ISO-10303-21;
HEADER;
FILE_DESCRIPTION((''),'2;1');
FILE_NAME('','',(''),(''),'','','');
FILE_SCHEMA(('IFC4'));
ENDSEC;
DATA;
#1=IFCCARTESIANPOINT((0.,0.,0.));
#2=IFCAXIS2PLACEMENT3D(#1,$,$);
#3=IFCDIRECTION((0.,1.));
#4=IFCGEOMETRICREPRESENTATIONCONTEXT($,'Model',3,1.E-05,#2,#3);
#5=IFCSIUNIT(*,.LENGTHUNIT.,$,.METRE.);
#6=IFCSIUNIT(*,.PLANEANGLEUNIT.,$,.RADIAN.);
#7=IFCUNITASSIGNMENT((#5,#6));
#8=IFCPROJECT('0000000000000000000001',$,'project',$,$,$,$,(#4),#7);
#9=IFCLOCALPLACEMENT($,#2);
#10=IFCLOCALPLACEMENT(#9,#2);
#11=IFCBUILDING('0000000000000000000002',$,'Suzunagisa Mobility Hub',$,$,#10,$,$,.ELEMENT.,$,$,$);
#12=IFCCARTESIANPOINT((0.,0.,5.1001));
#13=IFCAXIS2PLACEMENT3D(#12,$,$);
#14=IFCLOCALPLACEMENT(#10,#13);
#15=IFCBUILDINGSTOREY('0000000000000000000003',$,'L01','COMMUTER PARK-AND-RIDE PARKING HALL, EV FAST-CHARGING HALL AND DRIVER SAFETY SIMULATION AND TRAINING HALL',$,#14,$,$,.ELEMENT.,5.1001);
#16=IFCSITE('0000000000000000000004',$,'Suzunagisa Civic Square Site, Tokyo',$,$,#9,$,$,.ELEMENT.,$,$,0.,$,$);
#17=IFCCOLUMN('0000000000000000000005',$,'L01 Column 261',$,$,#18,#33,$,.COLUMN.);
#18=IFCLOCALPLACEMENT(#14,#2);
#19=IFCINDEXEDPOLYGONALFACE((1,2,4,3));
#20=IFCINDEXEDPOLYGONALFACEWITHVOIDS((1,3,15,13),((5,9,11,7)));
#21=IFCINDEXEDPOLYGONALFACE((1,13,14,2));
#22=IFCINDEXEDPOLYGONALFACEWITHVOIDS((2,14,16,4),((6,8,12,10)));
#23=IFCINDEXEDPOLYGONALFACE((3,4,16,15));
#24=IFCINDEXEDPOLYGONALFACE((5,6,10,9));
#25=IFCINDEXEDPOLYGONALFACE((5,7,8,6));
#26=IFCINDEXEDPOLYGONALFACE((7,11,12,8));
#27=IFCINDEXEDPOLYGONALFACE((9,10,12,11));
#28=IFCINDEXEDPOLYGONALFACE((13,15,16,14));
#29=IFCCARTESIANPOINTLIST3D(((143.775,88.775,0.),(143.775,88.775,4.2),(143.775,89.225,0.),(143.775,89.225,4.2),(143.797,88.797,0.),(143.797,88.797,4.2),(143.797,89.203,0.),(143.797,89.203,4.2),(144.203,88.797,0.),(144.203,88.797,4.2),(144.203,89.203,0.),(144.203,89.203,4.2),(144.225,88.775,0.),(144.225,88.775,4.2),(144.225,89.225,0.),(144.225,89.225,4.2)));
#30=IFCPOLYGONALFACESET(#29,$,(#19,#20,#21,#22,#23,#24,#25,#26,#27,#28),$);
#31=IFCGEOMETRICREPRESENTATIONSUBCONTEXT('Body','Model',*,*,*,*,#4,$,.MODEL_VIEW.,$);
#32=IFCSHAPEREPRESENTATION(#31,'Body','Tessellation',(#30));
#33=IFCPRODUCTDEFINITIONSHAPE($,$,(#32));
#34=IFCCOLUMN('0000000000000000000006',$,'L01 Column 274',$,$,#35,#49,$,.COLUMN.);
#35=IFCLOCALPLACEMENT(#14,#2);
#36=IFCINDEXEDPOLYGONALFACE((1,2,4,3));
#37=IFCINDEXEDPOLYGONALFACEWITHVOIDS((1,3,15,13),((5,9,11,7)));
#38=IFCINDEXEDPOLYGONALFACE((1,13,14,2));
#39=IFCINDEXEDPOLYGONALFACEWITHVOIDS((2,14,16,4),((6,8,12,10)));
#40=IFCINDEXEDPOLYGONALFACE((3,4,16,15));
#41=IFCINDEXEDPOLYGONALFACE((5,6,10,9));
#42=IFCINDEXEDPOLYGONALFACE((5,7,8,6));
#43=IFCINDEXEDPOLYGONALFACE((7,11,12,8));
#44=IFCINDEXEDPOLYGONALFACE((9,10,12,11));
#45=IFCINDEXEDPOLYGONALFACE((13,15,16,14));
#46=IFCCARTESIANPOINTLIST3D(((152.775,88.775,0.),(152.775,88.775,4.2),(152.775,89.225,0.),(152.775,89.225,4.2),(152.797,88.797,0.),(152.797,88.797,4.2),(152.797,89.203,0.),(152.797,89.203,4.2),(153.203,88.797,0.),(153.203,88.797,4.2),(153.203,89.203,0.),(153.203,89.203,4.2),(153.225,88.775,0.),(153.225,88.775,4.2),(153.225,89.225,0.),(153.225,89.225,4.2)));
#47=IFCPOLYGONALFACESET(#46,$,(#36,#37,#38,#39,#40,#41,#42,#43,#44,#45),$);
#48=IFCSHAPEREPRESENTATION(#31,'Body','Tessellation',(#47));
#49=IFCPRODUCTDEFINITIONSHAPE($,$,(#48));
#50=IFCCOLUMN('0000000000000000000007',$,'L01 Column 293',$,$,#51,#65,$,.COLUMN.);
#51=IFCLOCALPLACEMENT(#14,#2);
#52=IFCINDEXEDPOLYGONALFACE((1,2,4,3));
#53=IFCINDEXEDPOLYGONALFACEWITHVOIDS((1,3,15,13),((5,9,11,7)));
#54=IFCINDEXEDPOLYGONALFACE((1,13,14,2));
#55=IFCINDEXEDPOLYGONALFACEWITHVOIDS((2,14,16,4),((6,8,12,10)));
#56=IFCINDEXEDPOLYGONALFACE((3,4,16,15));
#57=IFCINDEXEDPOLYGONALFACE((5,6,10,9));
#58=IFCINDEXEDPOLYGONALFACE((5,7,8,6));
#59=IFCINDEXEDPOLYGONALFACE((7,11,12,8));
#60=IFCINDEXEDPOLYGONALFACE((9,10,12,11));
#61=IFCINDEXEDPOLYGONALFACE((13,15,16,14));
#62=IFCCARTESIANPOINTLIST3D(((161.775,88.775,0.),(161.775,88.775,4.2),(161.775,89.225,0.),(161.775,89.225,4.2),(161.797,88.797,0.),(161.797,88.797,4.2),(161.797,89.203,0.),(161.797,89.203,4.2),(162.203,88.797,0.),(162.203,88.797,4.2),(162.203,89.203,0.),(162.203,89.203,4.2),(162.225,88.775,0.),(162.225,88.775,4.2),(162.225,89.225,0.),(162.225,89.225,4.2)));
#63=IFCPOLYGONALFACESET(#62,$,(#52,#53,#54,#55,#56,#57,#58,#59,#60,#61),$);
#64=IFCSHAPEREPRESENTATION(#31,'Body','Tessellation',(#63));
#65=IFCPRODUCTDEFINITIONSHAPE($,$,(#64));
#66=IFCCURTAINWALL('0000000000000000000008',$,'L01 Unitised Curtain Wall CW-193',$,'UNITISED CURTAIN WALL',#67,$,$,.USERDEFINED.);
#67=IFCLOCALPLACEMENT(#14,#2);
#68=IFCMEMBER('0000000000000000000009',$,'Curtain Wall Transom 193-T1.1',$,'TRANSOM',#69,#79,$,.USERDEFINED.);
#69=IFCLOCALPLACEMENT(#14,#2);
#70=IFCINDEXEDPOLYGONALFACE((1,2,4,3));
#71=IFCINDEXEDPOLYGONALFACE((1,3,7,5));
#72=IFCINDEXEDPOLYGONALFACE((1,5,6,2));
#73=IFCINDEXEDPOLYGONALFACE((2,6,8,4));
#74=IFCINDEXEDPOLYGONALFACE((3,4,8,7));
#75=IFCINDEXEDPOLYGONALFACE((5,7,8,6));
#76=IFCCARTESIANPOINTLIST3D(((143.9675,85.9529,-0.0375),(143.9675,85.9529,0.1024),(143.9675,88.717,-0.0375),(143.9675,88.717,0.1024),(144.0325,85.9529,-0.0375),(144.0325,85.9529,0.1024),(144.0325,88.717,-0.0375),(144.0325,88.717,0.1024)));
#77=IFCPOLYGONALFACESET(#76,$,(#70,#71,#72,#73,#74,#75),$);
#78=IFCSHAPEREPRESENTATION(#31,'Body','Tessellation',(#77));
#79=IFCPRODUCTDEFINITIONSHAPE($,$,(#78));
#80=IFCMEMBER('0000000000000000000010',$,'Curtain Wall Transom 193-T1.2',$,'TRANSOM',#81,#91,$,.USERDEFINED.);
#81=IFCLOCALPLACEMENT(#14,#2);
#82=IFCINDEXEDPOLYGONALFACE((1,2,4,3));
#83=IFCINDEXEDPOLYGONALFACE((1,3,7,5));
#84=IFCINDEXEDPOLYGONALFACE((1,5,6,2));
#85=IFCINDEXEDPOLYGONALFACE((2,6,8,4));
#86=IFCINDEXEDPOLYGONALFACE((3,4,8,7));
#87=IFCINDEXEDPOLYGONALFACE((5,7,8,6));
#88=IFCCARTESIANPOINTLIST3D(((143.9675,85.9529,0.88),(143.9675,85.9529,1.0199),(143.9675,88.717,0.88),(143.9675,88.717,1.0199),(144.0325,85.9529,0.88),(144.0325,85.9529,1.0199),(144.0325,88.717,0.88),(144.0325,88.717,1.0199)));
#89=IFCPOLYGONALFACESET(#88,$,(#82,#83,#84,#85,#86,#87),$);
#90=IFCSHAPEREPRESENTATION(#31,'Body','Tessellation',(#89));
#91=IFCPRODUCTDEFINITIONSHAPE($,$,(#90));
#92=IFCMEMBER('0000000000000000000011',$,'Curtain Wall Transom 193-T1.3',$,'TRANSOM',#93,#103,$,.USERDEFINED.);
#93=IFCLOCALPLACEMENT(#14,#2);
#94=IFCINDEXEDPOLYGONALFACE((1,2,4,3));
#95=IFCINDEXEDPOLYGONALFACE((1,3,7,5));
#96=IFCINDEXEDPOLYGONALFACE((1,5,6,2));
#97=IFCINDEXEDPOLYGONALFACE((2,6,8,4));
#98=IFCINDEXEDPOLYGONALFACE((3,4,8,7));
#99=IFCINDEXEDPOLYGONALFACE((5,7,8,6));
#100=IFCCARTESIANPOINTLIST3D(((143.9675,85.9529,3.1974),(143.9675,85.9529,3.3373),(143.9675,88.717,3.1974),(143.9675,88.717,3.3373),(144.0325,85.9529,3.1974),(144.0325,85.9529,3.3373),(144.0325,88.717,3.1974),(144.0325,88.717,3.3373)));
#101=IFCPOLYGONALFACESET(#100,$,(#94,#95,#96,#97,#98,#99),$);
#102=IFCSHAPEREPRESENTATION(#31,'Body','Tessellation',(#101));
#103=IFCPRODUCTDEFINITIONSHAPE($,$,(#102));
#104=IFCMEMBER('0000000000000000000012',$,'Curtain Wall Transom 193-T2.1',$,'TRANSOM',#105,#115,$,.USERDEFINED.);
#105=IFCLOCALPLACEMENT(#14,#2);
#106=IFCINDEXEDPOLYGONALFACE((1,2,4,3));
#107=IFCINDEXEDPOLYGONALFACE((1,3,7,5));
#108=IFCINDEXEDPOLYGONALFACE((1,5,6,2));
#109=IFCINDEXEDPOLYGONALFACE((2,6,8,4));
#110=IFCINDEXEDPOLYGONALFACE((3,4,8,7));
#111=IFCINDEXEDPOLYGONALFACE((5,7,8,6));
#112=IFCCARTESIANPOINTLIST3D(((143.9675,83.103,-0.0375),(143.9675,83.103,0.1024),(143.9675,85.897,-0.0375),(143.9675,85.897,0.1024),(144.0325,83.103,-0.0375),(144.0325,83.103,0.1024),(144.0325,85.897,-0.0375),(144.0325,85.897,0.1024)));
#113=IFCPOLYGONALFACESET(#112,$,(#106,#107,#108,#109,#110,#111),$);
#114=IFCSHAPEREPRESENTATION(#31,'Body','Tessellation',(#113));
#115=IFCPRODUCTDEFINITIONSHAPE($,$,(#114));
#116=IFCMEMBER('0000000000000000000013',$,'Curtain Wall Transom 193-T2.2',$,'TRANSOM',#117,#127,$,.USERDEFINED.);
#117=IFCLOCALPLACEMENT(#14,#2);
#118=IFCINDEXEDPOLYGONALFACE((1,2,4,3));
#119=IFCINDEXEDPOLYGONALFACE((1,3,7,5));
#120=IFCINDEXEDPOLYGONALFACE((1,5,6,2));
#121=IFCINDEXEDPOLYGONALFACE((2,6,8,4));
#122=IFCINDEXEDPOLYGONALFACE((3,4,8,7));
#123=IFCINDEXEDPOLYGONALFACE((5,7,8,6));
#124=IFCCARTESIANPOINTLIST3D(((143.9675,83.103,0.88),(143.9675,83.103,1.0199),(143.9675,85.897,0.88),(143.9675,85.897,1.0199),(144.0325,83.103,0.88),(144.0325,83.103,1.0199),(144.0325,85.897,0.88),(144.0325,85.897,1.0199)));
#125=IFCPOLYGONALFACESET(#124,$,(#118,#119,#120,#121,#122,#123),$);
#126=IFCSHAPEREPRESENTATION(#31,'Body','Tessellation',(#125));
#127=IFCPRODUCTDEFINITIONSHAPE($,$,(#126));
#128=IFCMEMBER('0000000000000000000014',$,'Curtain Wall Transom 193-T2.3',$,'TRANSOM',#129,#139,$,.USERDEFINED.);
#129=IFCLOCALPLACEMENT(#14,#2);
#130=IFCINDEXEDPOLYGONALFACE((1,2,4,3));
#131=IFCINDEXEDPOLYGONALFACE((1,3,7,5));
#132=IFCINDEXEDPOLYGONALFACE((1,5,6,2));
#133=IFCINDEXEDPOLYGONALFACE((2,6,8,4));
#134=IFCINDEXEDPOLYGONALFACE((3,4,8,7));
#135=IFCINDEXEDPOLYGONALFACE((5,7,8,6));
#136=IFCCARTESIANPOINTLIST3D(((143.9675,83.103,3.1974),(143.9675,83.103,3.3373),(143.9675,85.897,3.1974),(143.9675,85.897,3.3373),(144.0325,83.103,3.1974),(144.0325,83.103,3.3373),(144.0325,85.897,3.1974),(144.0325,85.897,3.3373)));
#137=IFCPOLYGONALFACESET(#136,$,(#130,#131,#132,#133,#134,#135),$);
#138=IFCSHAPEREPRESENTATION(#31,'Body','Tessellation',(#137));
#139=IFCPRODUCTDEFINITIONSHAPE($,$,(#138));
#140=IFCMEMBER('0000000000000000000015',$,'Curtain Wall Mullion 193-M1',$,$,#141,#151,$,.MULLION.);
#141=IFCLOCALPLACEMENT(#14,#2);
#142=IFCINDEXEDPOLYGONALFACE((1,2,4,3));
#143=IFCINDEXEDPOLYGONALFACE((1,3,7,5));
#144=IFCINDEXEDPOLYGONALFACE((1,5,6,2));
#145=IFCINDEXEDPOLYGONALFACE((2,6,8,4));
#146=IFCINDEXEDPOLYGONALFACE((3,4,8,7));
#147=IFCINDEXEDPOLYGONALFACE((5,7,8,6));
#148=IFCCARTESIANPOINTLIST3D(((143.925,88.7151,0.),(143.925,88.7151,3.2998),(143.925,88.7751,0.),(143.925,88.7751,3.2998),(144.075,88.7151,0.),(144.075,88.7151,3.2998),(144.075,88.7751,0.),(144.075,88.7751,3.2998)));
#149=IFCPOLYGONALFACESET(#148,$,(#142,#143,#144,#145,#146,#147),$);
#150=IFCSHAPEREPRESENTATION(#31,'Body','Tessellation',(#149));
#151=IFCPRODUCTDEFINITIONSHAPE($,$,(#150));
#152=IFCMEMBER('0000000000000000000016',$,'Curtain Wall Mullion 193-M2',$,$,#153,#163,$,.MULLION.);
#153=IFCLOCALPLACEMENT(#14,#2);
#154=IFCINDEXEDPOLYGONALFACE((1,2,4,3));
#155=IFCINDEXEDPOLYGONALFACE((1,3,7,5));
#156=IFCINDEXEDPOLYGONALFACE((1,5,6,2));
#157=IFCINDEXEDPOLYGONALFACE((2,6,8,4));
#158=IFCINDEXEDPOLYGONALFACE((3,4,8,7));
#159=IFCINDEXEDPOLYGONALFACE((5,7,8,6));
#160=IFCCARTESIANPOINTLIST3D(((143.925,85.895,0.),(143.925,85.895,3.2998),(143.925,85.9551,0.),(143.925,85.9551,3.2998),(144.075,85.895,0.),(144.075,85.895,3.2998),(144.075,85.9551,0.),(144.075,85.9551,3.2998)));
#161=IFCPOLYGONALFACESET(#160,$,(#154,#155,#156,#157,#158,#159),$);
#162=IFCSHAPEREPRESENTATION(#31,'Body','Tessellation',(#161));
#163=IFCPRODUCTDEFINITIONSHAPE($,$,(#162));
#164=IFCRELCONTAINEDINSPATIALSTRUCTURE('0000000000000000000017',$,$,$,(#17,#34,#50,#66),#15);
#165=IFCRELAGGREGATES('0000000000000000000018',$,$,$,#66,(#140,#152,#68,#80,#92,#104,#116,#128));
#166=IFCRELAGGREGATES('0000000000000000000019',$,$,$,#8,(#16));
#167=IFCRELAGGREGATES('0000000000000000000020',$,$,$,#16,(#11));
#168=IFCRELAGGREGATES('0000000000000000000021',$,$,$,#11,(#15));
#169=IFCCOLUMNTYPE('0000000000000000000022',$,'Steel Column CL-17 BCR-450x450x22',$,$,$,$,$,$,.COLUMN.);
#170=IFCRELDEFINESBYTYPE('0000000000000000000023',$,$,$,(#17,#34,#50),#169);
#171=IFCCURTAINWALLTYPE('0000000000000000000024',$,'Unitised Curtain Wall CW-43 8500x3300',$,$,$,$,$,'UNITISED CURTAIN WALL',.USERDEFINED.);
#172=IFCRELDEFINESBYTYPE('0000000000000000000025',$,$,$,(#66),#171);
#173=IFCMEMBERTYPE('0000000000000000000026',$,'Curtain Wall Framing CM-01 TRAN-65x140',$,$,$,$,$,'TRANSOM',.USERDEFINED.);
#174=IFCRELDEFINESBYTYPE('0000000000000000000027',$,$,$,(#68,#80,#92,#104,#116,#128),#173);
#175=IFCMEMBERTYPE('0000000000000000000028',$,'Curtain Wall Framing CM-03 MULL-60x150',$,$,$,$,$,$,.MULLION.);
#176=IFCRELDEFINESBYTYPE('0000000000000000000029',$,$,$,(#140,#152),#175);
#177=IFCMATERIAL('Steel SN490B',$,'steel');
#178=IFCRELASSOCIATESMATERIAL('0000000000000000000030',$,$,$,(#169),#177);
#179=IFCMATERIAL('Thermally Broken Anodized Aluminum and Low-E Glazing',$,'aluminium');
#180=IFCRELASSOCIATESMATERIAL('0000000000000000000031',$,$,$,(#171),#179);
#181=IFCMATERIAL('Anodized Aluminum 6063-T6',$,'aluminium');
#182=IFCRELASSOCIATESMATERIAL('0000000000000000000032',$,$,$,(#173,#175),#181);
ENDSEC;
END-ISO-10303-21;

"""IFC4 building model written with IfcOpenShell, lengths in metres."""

from ifc_helpers import new_model, si_unit, direction, frame, origin, origin_2d, place, context, subcontext, project, spatial, rectangle, hollow_rectangle, extrude, material, material_profile, profile_set, type_object, element, aggregate, save


model = new_model("IFC4")

# Units and contexts
model_context = context("Model", 3, precision=1e-05, world=origin(), true_north=direction((0.0, 1.0)))
body_context = subcontext(model_context, "Body", "Model", "MODEL_VIEW")
ifc_project = project(units=[si_unit("LENGTHUNIT", "METRE"), si_unit("PLANEANGLEUNIT", "RADIAN")], contexts=[model_context])

# Site, building, storey
site_placement = place(None, origin())
site = spatial("IfcSite", under=ifc_project, at=site_placement, Name="Suzunagisa Civic Square Site, Tokyo", CompositionType="ELEMENT", RefElevation=0.0)
building_placement = place(site_placement, origin())
building = spatial("IfcBuilding", under=site, at=building_placement, Name="Suzunagisa Mobility Hub", CompositionType="ELEMENT")
storey_placement = place(building_placement, frame((0.0, 0.0, 5.1001)))
storey = spatial("IfcBuildingStorey", under=building, at=storey_placement, Name="L01", Description="COMMUTER PARK-AND-RIDE PARKING HALL, EV FAST-CHARGING HALL AND DRIVER SAFETY SIMULATION AND TRAINING HALL", CompositionType="ELEMENT", Elevation=5.1001)

# Columns
ifc_material_1 = material(Name="Steel SN490B", Category="steel")
ifc_material_profile_1 = material_profile(ifc_material_1, hollow_rectangle(XDim=0.45, YDim=0.45, WallThickness=0.022, at=origin_2d()), Name="BCR-450x450x22")
ifc_profile_set_1 = profile_set([ifc_material_profile_1], Name="Steel SN490B")
column_type = type_object("IfcColumnType", Name="Steel Column CL-17 BCR-450x450x22", PredefinedType="COLUMN", material=ifc_profile_set_1)
for number, where, z_axis, x_axis, name in (
    (1, (144.0, 89.0, 0.0), (0.0, 0.0, 1.0), (1.0, 0.0, 0.0), "L01 Column 261"),
    (2, (153.0, 89.0, 0.0), (0.0, 0.0, 1.0), (1.0, 0.0, 0.0), "L01 Column 274"),
    (3, (162.0, 89.0, 0.0), (0.0, 0.0, 1.0), (1.0, 0.0, 0.0), "L01 Column 293"),
):
    element("IfcColumn", number, at=place(storey_placement, frame(where, z_axis=z_axis, x_axis=x_axis)), inside=storey, type_object=column_type, Name=name, PredefinedType="COLUMN", context=body_context, shape_type="SweptSolid", body=[
        extrude(hollow_rectangle(XDim=0.45, YDim=0.45, WallThickness=0.022, at=origin_2d()), origin(), (0.0, 0.0, 1.0), 4.2),
    ])

# Curtain wall, members
ifc_material_2 = material(Name="Thermally Broken Anodized Aluminum and Low-E Glazing", Category="aluminium")
curtain_wall_type = type_object("IfcCurtainWallType", Name="Unitised Curtain Wall CW-43 8500x3300", ElementType="UNITISED CURTAIN WALL", PredefinedType="USERDEFINED", material=ifc_material_2)
curtain_wall_placement = place(storey_placement, origin())
curtain_wall = element("IfcCurtainWall", 4, at=curtain_wall_placement, inside=storey, type_object=curtain_wall_type, Name="L01 Unitised Curtain Wall CW-193", ObjectType="UNITISED CURTAIN WALL", PredefinedType="USERDEFINED")
ifc_material_3 = material(Name="Anodized Aluminum 6063-T6", Category="aluminium")
ifc_material_profile_2 = material_profile(ifc_material_3, rectangle(XDim=0.0649, YDim=0.1399, at=origin_2d()), Name="TRAN-65x140")
ifc_profile_set_2 = profile_set([ifc_material_profile_2], Name="Anodized Aluminum 6063-T6")
member_type_1 = type_object("IfcMemberType", Name="Curtain Wall Framing CM-01 TRAN-65x140", ElementType="TRANSOM", PredefinedType="USERDEFINED", material=ifc_profile_set_2)
member_1_placement = place(storey_placement, frame((144.0, 88.717, 0.0325), z_axis=(0.0, -1.0, 0.0), x_axis=(1.0, 0.0, 0.0)))
member_1 = element("IfcMember", 5, at=member_1_placement, type_object=member_type_1, Name="Curtain Wall Transom 193-T1.1", ObjectType="TRANSOM", PredefinedType="USERDEFINED", context=body_context, shape_type="SweptSolid", body=[
    extrude(rectangle(XDim=0.0649, YDim=0.1399, at=origin_2d()), origin(), (0.0, 0.0, 1.0), 2.7642),
])
member_2_placement = place(storey_placement, frame((144.0, 88.717, 0.95), z_axis=(0.0, -1.0, 0.0), x_axis=(1.0, 0.0, 0.0)))
member_2 = element("IfcMember", 6, at=member_2_placement, type_object=member_type_1, Name="Curtain Wall Transom 193-T1.2", ObjectType="TRANSOM", PredefinedType="USERDEFINED", context=body_context, shape_type="SweptSolid", body=[
    extrude(rectangle(XDim=0.0649, YDim=0.1399, at=origin_2d()), origin(), (0.0, 0.0, 1.0), 2.7642),
])
member_3_placement = place(storey_placement, frame((144.0, 88.717, 3.2673), z_axis=(0.0, -1.0, 0.0), x_axis=(1.0, 0.0, 0.0)))
member_3 = element("IfcMember", 7, at=member_3_placement, type_object=member_type_1, Name="Curtain Wall Transom 193-T1.3", ObjectType="TRANSOM", PredefinedType="USERDEFINED", context=body_context, shape_type="SweptSolid", body=[
    extrude(rectangle(XDim=0.0649, YDim=0.1399, at=origin_2d()), origin(), (0.0, 0.0, 1.0), 2.7642),
])
member_4_placement = place(storey_placement, frame((144.0, 85.897, 0.0325), z_axis=(0.0, -1.0, 0.0), x_axis=(1.0, 0.0, 0.0)))
member_4 = element("IfcMember", 8, at=member_4_placement, type_object=member_type_1, Name="Curtain Wall Transom 193-T2.1", ObjectType="TRANSOM", PredefinedType="USERDEFINED", context=body_context, shape_type="SweptSolid", body=[
    extrude(rectangle(XDim=0.0649, YDim=0.1399, at=origin_2d()), origin(), (0.0, 0.0, 1.0), 2.7939),
])
member_5_placement = place(storey_placement, frame((144.0, 85.897, 0.95), z_axis=(0.0, -1.0, 0.0), x_axis=(1.0, 0.0, 0.0)))
member_5 = element("IfcMember", 9, at=member_5_placement, type_object=member_type_1, Name="Curtain Wall Transom 193-T2.2", ObjectType="TRANSOM", PredefinedType="USERDEFINED", context=body_context, shape_type="SweptSolid", body=[
    extrude(rectangle(XDim=0.0649, YDim=0.1399, at=origin_2d()), origin(), (0.0, 0.0, 1.0), 2.7939),
])
member_6_placement = place(storey_placement, frame((144.0, 85.897, 3.2673), z_axis=(0.0, -1.0, 0.0), x_axis=(1.0, 0.0, 0.0)))
member_6 = element("IfcMember", 10, at=member_6_placement, type_object=member_type_1, Name="Curtain Wall Transom 193-T2.3", ObjectType="TRANSOM", PredefinedType="USERDEFINED", context=body_context, shape_type="SweptSolid", body=[
    extrude(rectangle(XDim=0.0649, YDim=0.1399, at=origin_2d()), origin(), (0.0, 0.0, 1.0), 2.7939),
])
ifc_material_profile_3 = material_profile(ifc_material_3, rectangle(XDim=0.0601, YDim=0.1499, at=origin_2d()), Name="MULL-60x150")
ifc_profile_set_3 = profile_set([ifc_material_profile_3], Name="Anodized Aluminum 6063-T6")
member_type_2 = type_object("IfcMemberType", Name="Curtain Wall Framing CM-03 MULL-60x150", PredefinedType="MULLION", material=ifc_profile_set_3)
member_7_placement = place(storey_placement, frame((144.0, 88.7451, 0.0), z_axis=(0.0, 0.0, 1.0), x_axis=(0.0, -1.0, 0.0)))
member_7 = element("IfcMember", 11, at=member_7_placement, type_object=member_type_2, Name="Curtain Wall Mullion 193-M1", PredefinedType="MULLION", context=body_context, shape_type="SweptSolid", body=[
    extrude(rectangle(XDim=0.0601, YDim=0.1499, at=origin_2d()), origin(), (0.0, 0.0, 1.0), 3.2998),
])
member_8_placement = place(storey_placement, frame((144.0, 85.925, 0.0), z_axis=(0.0, 0.0, 1.0), x_axis=(0.0, -1.0, 0.0)))
member_8 = element("IfcMember", 12, at=member_8_placement, type_object=member_type_2, Name="Curtain Wall Mullion 193-M2", PredefinedType="MULLION", context=body_context, shape_type="SweptSolid", body=[
    extrude(rectangle(XDim=0.0601, YDim=0.1499, at=origin_2d()), origin(), (0.0, 0.0, 1.0), 3.2998),
])

aggregate(curtain_wall, [member_7, member_8, member_1, member_2, member_3, member_4, member_5, member_6])

save(model, "model.ifc")
